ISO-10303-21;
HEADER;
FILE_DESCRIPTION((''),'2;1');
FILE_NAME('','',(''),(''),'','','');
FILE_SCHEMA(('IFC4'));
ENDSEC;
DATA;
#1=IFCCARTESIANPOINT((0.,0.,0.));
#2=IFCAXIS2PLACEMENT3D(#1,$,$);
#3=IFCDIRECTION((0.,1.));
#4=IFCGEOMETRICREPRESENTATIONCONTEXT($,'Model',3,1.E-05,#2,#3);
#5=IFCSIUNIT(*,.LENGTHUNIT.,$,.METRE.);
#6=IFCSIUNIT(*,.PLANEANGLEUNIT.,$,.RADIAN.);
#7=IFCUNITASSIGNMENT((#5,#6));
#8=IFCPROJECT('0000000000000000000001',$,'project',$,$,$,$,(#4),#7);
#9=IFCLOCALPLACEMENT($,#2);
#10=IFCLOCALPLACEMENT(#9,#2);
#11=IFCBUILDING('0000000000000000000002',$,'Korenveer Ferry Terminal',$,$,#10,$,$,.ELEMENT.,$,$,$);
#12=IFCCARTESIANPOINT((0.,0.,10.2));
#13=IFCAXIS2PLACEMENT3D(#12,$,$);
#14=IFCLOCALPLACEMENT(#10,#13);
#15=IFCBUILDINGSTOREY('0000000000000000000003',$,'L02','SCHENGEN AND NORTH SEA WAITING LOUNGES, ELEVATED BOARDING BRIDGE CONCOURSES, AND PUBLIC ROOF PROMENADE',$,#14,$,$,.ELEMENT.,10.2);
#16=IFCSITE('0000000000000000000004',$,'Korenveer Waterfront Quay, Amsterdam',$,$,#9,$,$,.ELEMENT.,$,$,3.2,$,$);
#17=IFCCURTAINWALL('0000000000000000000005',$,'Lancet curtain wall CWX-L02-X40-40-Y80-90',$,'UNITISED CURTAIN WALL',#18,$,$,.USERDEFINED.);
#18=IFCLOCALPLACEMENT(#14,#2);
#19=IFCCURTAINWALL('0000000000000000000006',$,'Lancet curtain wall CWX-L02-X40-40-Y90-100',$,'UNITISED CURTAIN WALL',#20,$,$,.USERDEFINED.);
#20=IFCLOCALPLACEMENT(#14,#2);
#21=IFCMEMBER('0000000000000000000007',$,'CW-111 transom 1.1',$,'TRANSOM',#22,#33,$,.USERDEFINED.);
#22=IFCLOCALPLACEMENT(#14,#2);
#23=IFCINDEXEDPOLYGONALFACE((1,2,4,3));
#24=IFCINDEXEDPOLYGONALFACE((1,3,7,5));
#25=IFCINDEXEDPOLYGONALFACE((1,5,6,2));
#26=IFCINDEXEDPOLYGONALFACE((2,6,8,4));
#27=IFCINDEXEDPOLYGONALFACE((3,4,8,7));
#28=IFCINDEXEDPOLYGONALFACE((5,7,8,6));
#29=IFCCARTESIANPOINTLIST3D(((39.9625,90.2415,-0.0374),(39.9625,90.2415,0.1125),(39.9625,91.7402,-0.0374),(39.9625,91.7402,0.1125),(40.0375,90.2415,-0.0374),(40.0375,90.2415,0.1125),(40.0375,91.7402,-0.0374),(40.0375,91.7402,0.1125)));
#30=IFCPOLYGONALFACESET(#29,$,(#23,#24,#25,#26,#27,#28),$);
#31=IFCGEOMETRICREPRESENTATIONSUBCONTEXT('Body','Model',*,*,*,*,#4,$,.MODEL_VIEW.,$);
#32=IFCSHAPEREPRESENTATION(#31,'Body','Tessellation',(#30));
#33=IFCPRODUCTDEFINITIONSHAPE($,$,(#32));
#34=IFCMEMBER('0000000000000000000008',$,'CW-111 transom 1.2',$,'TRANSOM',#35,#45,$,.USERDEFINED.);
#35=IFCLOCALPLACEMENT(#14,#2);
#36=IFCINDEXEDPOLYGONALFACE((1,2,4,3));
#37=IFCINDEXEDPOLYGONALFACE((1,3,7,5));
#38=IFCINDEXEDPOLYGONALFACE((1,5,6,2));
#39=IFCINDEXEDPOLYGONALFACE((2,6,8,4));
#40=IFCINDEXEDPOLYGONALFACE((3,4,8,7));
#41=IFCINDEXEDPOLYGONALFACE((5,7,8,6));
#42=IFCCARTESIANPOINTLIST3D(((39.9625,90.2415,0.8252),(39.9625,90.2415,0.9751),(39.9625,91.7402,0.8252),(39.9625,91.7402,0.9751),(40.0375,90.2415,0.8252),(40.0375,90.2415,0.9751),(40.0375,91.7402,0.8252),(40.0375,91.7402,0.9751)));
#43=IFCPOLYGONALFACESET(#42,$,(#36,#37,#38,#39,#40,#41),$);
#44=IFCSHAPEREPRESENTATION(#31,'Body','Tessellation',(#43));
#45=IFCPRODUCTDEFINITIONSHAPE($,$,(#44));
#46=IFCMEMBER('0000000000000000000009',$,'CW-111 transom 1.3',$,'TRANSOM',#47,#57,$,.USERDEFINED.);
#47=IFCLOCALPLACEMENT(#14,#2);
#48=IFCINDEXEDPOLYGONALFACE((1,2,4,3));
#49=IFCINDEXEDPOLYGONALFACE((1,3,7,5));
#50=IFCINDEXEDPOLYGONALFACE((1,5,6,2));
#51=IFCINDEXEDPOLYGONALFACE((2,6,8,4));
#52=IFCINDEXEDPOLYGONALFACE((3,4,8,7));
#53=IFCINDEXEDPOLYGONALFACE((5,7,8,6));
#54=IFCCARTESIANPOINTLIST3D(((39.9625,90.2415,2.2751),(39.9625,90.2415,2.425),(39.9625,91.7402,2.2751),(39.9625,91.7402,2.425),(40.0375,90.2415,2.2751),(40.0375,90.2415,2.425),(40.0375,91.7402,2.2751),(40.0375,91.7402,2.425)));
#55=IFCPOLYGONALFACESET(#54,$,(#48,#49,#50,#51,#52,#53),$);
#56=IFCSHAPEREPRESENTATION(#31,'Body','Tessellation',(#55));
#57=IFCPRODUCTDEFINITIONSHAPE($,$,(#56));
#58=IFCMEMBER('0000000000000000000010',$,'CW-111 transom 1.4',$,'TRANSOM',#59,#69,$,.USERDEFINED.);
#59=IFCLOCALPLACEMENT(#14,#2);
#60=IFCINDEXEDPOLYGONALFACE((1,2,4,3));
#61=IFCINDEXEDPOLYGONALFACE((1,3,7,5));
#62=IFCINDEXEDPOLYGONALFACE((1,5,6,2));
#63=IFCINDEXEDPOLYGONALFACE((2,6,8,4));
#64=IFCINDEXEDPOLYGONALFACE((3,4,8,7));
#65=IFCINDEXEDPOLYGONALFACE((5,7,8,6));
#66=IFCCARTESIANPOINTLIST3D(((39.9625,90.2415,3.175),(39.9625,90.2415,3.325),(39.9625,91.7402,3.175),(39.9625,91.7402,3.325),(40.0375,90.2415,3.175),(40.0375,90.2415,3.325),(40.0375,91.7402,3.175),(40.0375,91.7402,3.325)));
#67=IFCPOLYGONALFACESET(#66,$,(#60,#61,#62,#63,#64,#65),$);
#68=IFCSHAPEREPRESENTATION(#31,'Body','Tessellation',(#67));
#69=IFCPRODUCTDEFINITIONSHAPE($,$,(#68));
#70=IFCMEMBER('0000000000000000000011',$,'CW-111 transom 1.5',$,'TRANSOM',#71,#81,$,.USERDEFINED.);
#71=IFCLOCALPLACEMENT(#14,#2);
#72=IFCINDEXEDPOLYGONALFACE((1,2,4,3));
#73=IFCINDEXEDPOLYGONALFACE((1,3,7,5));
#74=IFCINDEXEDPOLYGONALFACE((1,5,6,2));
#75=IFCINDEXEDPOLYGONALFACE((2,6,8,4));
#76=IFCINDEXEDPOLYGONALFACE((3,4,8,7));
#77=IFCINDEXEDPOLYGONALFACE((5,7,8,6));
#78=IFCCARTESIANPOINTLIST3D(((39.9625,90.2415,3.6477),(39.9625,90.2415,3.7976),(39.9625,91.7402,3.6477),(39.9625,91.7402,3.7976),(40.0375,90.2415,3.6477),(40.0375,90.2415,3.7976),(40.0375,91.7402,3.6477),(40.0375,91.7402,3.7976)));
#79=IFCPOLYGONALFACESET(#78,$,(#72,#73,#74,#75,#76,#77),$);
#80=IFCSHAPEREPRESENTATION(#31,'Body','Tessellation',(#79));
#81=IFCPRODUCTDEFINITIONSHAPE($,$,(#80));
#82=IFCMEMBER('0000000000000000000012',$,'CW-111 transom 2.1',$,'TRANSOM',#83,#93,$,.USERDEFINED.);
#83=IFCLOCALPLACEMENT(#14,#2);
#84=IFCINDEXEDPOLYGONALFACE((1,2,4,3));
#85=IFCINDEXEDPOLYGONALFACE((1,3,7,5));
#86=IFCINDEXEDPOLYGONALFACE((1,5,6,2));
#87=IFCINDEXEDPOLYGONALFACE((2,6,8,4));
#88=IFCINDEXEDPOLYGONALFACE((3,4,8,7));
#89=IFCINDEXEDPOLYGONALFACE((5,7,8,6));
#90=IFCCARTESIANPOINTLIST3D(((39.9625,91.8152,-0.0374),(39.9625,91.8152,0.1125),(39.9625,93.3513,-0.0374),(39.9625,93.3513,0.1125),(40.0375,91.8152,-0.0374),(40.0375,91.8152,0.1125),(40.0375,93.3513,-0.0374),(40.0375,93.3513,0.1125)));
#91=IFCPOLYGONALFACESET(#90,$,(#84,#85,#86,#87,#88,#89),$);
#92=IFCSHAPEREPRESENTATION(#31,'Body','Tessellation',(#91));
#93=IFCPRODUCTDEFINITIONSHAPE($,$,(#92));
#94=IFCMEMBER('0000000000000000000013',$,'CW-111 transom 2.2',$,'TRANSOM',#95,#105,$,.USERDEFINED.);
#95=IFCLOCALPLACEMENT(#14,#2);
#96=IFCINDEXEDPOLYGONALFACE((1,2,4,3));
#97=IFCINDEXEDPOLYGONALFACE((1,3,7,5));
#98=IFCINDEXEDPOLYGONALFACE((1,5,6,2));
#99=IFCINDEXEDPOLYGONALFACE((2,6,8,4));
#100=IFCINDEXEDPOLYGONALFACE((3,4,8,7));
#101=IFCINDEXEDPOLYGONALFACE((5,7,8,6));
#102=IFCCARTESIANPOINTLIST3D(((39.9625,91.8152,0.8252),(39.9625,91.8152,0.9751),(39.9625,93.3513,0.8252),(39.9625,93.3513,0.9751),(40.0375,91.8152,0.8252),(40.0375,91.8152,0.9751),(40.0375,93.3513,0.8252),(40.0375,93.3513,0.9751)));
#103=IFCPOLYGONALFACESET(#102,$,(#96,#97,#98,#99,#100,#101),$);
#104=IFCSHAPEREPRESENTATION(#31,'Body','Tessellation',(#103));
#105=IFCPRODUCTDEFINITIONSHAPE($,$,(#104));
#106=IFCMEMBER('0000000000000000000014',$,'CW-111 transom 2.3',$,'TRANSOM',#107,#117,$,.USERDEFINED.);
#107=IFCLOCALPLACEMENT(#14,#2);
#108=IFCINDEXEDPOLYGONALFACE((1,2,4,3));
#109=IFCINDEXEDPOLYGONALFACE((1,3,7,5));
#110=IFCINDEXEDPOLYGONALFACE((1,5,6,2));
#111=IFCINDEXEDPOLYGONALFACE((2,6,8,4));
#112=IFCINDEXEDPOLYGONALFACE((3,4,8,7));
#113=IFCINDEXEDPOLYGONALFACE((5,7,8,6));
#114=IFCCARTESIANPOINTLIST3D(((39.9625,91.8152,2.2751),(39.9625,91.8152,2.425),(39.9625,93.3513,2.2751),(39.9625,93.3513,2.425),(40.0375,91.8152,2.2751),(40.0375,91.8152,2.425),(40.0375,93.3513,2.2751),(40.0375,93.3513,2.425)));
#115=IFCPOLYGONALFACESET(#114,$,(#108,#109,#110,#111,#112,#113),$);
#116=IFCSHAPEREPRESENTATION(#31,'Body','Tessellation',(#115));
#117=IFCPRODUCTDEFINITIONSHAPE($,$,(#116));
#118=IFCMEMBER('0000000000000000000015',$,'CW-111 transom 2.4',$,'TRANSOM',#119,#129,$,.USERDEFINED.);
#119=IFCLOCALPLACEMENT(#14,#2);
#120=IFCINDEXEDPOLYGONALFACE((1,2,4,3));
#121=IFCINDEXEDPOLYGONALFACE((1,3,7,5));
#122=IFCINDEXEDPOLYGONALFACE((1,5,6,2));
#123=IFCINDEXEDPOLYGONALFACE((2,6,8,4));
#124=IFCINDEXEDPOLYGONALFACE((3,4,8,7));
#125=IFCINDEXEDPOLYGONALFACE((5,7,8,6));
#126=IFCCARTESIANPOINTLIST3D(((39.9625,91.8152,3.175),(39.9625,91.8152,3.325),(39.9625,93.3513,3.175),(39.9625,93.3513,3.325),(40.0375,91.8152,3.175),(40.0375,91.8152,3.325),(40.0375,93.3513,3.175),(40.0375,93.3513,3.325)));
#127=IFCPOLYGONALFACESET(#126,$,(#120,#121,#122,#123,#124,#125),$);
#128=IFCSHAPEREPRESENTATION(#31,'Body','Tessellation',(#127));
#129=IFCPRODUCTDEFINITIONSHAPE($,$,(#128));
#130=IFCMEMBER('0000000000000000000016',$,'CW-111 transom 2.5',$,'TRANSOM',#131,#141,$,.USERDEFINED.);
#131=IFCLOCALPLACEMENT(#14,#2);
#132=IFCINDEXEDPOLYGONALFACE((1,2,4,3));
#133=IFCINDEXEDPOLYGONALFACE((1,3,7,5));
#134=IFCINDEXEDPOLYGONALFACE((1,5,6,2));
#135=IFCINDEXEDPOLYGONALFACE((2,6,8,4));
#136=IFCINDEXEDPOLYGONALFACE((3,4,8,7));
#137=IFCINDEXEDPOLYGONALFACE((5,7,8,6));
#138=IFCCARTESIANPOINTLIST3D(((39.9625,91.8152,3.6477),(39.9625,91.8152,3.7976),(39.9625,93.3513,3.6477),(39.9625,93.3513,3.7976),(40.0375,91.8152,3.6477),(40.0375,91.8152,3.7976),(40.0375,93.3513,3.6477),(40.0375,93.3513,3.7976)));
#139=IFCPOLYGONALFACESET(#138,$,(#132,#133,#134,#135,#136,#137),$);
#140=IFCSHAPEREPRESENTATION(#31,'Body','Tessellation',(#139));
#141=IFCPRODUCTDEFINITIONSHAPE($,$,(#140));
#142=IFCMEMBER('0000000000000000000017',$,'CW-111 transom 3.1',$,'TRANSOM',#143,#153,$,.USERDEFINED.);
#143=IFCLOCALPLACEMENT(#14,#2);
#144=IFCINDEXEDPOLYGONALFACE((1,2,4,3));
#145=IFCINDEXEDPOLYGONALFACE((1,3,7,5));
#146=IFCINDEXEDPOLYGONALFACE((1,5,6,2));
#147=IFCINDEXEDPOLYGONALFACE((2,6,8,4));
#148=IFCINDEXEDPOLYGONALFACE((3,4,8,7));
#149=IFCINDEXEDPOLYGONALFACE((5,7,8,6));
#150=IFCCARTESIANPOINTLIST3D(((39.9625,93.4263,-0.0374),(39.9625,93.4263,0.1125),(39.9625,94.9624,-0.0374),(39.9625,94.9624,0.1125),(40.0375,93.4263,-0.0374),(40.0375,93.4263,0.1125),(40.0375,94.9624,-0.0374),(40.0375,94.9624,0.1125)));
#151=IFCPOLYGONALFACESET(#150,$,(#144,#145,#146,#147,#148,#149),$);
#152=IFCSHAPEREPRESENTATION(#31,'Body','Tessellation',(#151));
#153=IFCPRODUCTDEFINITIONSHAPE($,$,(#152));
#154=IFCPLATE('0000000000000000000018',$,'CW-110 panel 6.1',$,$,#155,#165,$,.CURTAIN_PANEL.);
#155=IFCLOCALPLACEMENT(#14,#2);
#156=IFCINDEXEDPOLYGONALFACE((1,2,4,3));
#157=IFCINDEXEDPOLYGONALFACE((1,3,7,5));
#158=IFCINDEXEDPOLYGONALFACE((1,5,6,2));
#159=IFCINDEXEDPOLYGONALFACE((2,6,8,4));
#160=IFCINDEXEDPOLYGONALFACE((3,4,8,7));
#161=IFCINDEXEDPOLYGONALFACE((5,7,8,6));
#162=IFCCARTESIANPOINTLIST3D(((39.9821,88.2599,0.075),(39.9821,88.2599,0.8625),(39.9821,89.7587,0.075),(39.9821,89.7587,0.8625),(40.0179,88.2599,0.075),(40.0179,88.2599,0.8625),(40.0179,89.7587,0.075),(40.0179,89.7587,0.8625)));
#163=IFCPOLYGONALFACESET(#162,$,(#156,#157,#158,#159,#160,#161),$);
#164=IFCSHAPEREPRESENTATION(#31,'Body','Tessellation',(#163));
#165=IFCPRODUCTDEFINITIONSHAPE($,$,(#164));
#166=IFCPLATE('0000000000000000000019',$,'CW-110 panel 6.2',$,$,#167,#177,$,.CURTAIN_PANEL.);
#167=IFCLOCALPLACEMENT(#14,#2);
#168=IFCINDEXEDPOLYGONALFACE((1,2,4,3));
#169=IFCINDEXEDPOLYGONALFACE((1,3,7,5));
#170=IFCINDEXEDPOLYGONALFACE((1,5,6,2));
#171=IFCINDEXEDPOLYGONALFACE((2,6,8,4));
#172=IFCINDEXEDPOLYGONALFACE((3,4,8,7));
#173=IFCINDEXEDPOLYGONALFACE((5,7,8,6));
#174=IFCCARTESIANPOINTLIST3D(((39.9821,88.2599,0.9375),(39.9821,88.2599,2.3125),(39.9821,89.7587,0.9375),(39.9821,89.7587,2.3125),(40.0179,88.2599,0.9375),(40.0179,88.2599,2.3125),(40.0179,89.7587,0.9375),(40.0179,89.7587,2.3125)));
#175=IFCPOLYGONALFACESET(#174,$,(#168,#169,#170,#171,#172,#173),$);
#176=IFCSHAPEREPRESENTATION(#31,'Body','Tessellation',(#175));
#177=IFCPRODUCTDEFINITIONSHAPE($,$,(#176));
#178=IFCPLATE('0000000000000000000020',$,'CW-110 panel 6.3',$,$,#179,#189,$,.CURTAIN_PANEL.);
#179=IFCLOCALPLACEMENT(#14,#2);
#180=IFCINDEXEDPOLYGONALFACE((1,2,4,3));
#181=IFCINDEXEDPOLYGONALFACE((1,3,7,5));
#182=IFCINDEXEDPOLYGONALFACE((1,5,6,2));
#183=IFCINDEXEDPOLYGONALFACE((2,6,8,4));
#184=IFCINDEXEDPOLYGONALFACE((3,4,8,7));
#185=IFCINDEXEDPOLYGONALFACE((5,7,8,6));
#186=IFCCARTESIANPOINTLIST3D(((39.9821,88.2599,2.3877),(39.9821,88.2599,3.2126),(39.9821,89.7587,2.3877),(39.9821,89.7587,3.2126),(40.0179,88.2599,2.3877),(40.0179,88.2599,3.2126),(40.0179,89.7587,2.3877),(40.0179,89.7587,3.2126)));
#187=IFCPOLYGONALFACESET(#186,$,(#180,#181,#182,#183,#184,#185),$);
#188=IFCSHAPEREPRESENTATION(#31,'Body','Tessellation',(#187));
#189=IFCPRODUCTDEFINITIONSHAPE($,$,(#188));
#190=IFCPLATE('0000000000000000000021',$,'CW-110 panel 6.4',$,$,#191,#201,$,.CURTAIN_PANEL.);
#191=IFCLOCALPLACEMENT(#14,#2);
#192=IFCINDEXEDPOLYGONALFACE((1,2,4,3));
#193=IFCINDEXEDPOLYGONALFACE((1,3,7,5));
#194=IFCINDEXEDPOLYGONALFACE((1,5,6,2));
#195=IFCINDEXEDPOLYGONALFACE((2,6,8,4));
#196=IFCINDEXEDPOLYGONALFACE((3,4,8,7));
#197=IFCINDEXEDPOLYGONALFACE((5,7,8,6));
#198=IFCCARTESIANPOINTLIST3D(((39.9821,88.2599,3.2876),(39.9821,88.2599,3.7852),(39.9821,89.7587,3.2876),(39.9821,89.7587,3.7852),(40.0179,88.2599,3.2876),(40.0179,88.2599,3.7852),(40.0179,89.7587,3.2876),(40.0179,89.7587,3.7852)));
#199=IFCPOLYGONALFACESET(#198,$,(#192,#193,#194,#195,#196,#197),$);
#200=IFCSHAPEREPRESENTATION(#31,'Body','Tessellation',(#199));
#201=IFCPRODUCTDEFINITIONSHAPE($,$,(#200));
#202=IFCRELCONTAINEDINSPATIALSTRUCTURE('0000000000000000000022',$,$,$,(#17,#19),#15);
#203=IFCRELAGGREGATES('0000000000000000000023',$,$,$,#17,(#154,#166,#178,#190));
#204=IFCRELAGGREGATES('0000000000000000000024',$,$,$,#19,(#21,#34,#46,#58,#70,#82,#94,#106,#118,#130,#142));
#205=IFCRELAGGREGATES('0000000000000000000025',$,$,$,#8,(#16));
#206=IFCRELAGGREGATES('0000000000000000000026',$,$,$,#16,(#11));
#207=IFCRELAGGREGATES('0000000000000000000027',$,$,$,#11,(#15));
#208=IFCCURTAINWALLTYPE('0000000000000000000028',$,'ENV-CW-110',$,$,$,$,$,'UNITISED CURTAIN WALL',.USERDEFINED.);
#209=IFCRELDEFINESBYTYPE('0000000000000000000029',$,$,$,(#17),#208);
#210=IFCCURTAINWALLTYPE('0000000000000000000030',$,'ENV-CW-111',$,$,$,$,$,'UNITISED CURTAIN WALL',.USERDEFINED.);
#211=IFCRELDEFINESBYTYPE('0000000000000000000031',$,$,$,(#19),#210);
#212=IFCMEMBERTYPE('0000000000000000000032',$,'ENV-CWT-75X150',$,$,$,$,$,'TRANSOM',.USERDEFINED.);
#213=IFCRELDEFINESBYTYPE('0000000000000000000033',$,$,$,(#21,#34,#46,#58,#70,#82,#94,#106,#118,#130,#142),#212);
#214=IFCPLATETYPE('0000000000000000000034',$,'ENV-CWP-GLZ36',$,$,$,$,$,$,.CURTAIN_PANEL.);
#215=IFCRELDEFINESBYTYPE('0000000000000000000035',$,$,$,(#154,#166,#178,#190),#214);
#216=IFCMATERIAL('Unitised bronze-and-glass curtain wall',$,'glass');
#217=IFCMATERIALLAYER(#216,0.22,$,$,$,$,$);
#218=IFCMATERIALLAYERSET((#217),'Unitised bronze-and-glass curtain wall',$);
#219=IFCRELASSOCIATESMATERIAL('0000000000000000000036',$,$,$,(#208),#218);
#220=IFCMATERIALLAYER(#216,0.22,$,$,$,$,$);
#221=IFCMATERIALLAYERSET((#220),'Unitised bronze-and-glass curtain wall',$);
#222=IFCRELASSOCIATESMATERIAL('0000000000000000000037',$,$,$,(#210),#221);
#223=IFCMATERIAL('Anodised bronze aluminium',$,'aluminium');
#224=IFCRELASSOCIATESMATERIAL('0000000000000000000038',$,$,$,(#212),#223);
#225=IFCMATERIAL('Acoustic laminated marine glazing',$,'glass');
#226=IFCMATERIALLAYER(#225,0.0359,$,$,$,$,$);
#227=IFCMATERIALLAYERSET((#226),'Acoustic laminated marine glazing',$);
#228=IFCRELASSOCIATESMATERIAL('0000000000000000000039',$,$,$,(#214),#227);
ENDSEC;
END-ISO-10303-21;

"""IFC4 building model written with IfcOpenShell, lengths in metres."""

from ifc_helpers import new_model, si_unit, direction, frame, origin, origin_2d, place, context, subcontext, project, spatial, rectangle, extrude, material, layer, layer_set, material_profile, profile_set, type_object, element, aggregate, save


model = new_model("IFC4")

# Units and contexts
model_context = context("Model", 3, precision=1e-05, world=origin(), true_north=direction((0.0, 1.0)))
body_context = subcontext(model_context, "Body", "Model", "MODEL_VIEW")
ifc_project = project(units=[si_unit("LENGTHUNIT", "METRE"), si_unit("PLANEANGLEUNIT", "RADIAN")], contexts=[model_context])

# Site, building, storey
site_placement = place(None, origin())
site = spatial("IfcSite", under=ifc_project, at=site_placement, Name="Korenveer Waterfront Quay, Amsterdam", CompositionType="ELEMENT", RefElevation=3.2)
building_placement = place(site_placement, origin())
building = spatial("IfcBuilding", under=site, at=building_placement, Name="Korenveer Ferry Terminal", CompositionType="ELEMENT")
storey_placement = place(building_placement, frame((0.0, 0.0, 10.2)))
storey = spatial("IfcBuildingStorey", under=building, at=storey_placement, Name="L02", Description="SCHENGEN AND NORTH SEA WAITING LOUNGES, ELEVATED BOARDING BRIDGE CONCOURSES, AND PUBLIC ROOF PROMENADE", CompositionType="ELEMENT", Elevation=10.2)

# Curtain walls
ifc_material_1 = material(Name="Unitised bronze-and-glass curtain wall", Category="glass")
ifc_layer_1 = layer(ifc_material_1, 0.22)
ifc_layer_set_1 = layer_set([ifc_layer_1], Name="Unitised bronze-and-glass curtain wall")
curtain_wall_type_1 = type_object("IfcCurtainWallType", Name="ENV-CW-110", ElementType="UNITISED CURTAIN WALL", PredefinedType="USERDEFINED", material=ifc_layer_set_1)
curtain_wall_1_placement = place(storey_placement, frame((40.0, 80.1665, 0.0)))
curtain_wall_1 = element("IfcCurtainWall", 1, at=curtain_wall_1_placement, inside=storey, type_object=curtain_wall_type_1, Name="Lancet curtain wall CWX-L02-X40-40-Y80-90", ObjectType="UNITISED CURTAIN WALL", PredefinedType="USERDEFINED")
ifc_material_2 = material(Name="Anodised bronze aluminium", Category="aluminium")
ifc_layer_2 = layer(ifc_material_1, 0.22)
ifc_layer_set_2 = layer_set([ifc_layer_2], Name="Unitised bronze-and-glass curtain wall")
curtain_wall_type_2 = type_object("IfcCurtainWallType", Name="ENV-CW-111", ElementType="UNITISED CURTAIN WALL", PredefinedType="USERDEFINED", material=ifc_layer_set_2)
curtain_wall_2_placement = place(storey_placement, frame((40.0, 90.1665, 0.0)))
curtain_wall_2 = element("IfcCurtainWall", 2, at=curtain_wall_2_placement, inside=storey, type_object=curtain_wall_type_2, Name="Lancet curtain wall CWX-L02-X40-40-Y90-100", ObjectType="UNITISED CURTAIN WALL", PredefinedType="USERDEFINED")

# Members
ifc_material_profile_1 = material_profile(ifc_material_2, rectangle(XDim=0.075, YDim=0.1499, at=origin_2d()), Name="ALU 75x150")
ifc_profile_set_1 = profile_set([ifc_material_profile_1], Name="Anodised bronze aluminium")
member_type_1 = type_object("IfcMemberType", Name="ENV-CWT-75X150", ElementType="TRANSOM", PredefinedType="USERDEFINED", material=ifc_profile_set_1)
member_1_placement = place(storey_placement, frame((40.0, 90.2415, 0.0376), z_axis=(0.0, 1.0, 0.0), x_axis=(-1.0, 0.0, 0.0)))
member_1 = element("IfcMember", 3, at=member_1_placement, type_object=member_type_1, Name="CW-111 transom 1.1", ObjectType="TRANSOM", PredefinedType="USERDEFINED", context=body_context, shape_type="SweptSolid", body=[
    extrude(rectangle(XDim=0.075, YDim=0.1499, at=origin_2d()), origin(), (0.0, 0.0, 1.0), 1.4988),
])
member_2_placement = place(storey_placement, frame((40.0, 90.2415, 0.9001), z_axis=(0.0, 1.0, 0.0), x_axis=(-1.0, 0.0, 0.0)))
member_2 = element("IfcMember", 4, at=member_2_placement, type_object=member_type_1, Name="CW-111 transom 1.2", ObjectType="TRANSOM", PredefinedType="USERDEFINED", context=body_context, shape_type="SweptSolid", body=[
    extrude(rectangle(XDim=0.075, YDim=0.1499, at=origin_2d()), origin(), (0.0, 0.0, 1.0), 1.4988),
])
member_3_placement = place(storey_placement, frame((40.0, 90.2415, 2.3501), z_axis=(0.0, 1.0, 0.0), x_axis=(-1.0, 0.0, 0.0)))
member_3 = element("IfcMember", 5, at=member_3_placement, type_object=member_type_1, Name="CW-111 transom 1.3", ObjectType="TRANSOM", PredefinedType="USERDEFINED", context=body_context, shape_type="SweptSolid", body=[
    extrude(rectangle(XDim=0.075, YDim=0.1499, at=origin_2d()), origin(), (0.0, 0.0, 1.0), 1.4988),
])
member_4_placement = place(storey_placement, frame((40.0, 90.2415, 3.25), z_axis=(0.0, 1.0, 0.0), x_axis=(-1.0, 0.0, 0.0)))
member_4 = element("IfcMember", 6, at=member_4_placement, type_object=member_type_1, Name="CW-111 transom 1.4", ObjectType="TRANSOM", PredefinedType="USERDEFINED", context=body_context, shape_type="SweptSolid", body=[
    extrude(rectangle(XDim=0.075, YDim=0.1499, at=origin_2d()), origin(), (0.0, 0.0, 1.0), 1.4988),
])
member_5_placement = place(storey_placement, frame((40.0, 90.2415, 3.7227), z_axis=(0.0, 1.0, 0.0), x_axis=(-1.0, 0.0, 0.0)))
member_5 = element("IfcMember", 7, at=member_5_placement, type_object=member_type_1, Name="CW-111 transom 1.5", ObjectType="TRANSOM", PredefinedType="USERDEFINED", context=body_context, shape_type="SweptSolid", body=[
    extrude(rectangle(XDim=0.075, YDim=0.1499, at=origin_2d()), origin(), (0.0, 0.0, 1.0), 1.4988),
])
member_6_placement = place(storey_placement, frame((40.0, 91.8152, 0.0376), z_axis=(0.0, 1.0, 0.0), x_axis=(-1.0, 0.0, 0.0)))
member_6 = element("IfcMember", 8, at=member_6_placement, type_object=member_type_1, Name="CW-111 transom 2.1", ObjectType="TRANSOM", PredefinedType="USERDEFINED", context=body_context, shape_type="SweptSolid", body=[
    extrude(rectangle(XDim=0.075, YDim=0.1499, at=origin_2d()), origin(), (0.0, 0.0, 1.0), 1.5361),
])
member_7_placement = place(storey_placement, frame((40.0, 91.8152, 0.9001), z_axis=(0.0, 1.0, 0.0), x_axis=(-1.0, 0.0, 0.0)))
member_7 = element("IfcMember", 9, at=member_7_placement, type_object=member_type_1, Name="CW-111 transom 2.2", ObjectType="TRANSOM", PredefinedType="USERDEFINED", context=body_context, shape_type="SweptSolid", body=[
    extrude(rectangle(XDim=0.075, YDim=0.1499, at=origin_2d()), origin(), (0.0, 0.0, 1.0), 1.5361),
])
member_8_placement = place(storey_placement, frame((40.0, 91.8152, 2.3501), z_axis=(0.0, 1.0, 0.0), x_axis=(-1.0, 0.0, 0.0)))
member_8 = element("IfcMember", 10, at=member_8_placement, type_object=member_type_1, Name="CW-111 transom 2.3", ObjectType="TRANSOM", PredefinedType="USERDEFINED", context=body_context, shape_type="SweptSolid", body=[
    extrude(rectangle(XDim=0.075, YDim=0.1499, at=origin_2d()), origin(), (0.0, 0.0, 1.0), 1.5361),
])
member_9_placement = place(storey_placement, frame((40.0, 91.8152, 3.25), z_axis=(0.0, 1.0, 0.0), x_axis=(-1.0, 0.0, 0.0)))
member_9 = element("IfcMember", 11, at=member_9_placement, type_object=member_type_1, Name="CW-111 transom 2.4", ObjectType="TRANSOM", PredefinedType="USERDEFINED", context=body_context, shape_type="SweptSolid", body=[
    extrude(rectangle(XDim=0.075, YDim=0.1499, at=origin_2d()), origin(), (0.0, 0.0, 1.0), 1.5361),
])
member_10_placement = place(storey_placement, frame((40.0, 91.8152, 3.7227), z_axis=(0.0, 1.0, 0.0), x_axis=(-1.0, 0.0, 0.0)))
member_10 = element("IfcMember", 12, at=member_10_placement, type_object=member_type_1, Name="CW-111 transom 2.5", ObjectType="TRANSOM", PredefinedType="USERDEFINED", context=body_context, shape_type="SweptSolid", body=[
    extrude(rectangle(XDim=0.075, YDim=0.1499, at=origin_2d()), origin(), (0.0, 0.0, 1.0), 1.5361),
])
member_11_placement = place(storey_placement, frame((40.0, 93.4263, 0.0376), z_axis=(0.0, 1.0, 0.0), x_axis=(-1.0, 0.0, 0.0)))
member_11 = element("IfcMember", 13, at=member_11_placement, type_object=member_type_1, Name="CW-111 transom 3.1", ObjectType="TRANSOM", PredefinedType="USERDEFINED", context=body_context, shape_type="SweptSolid", body=[
    extrude(rectangle(XDim=0.075, YDim=0.1499, at=origin_2d()), origin(), (0.0, 0.0, 1.0), 1.5361),
])

# Plates
ifc_material_3 = material(Name="Acoustic laminated marine glazing", Category="glass")
ifc_layer_3 = layer(ifc_material_3, 0.0359)
ifc_layer_set_3 = layer_set([ifc_layer_3], Name="Acoustic laminated marine glazing")
plate_type_1 = type_object("IfcPlateType", Name="ENV-CWP-GLZ36", PredefinedType="CURTAIN_PANEL", material=ifc_layer_set_3)
plate_1_placement = place(storey_placement, frame((40.0, 89.0093, 0.075), z_axis=(0.0, 0.0, 1.0), x_axis=(0.0, 1.0, 0.0)))
plate_1 = element("IfcPlate", 14, at=plate_1_placement, type_object=plate_type_1, Name="CW-110 panel 6.1", PredefinedType="CURTAIN_PANEL", context=body_context, shape_type="SweptSolid", body=[
    extrude(rectangle(XDim=1.4988, YDim=0.0359, at=origin_2d()), origin(), (0.0, 0.0, 1.0), 0.7876),
])
plate_2_placement = place(storey_placement, frame((40.0, 89.0093, 0.9375), z_axis=(0.0, 0.0, 1.0), x_axis=(0.0, 1.0, 0.0)))
plate_2 = element("IfcPlate", 15, at=plate_2_placement, type_object=plate_type_1, Name="CW-110 panel 6.2", PredefinedType="CURTAIN_PANEL", context=body_context, shape_type="SweptSolid", body=[
    extrude(rectangle(XDim=1.4988, YDim=0.0359, at=origin_2d()), origin(), (0.0, 0.0, 1.0), 1.375),
])
plate_3_placement = place(storey_placement, frame((40.0, 89.0093, 2.3877), z_axis=(0.0, 0.0, 1.0), x_axis=(0.0, 1.0, 0.0)))
plate_3 = element("IfcPlate", 16, at=plate_3_placement, type_object=plate_type_1, Name="CW-110 panel 6.3", PredefinedType="CURTAIN_PANEL", context=body_context, shape_type="SweptSolid", body=[
    extrude(rectangle(XDim=1.4988, YDim=0.0359, at=origin_2d()), origin(), (0.0, 0.0, 1.0), 0.825),
])
plate_4_placement = place(storey_placement, frame((40.0, 89.0093, 3.2876), z_axis=(0.0, 0.0, 1.0), x_axis=(0.0, 1.0, 0.0)))
plate_4 = element("IfcPlate", 17, at=plate_4_placement, type_object=plate_type_1, Name="CW-110 panel 6.4", PredefinedType="CURTAIN_PANEL", context=body_context, shape_type="SweptSolid", body=[
    extrude(rectangle(XDim=1.4988, YDim=0.0359, at=origin_2d()), origin(), (0.0, 0.0, 1.0), 0.4976),
])
aggregate(curtain_wall_1, [plate_1, plate_2, plate_3, plate_4])
aggregate(curtain_wall_2, [member_1, member_2, member_3, member_4, member_5, member_6, member_7, member_8, member_9, member_10, member_11])

save(model, "model.ifc")
